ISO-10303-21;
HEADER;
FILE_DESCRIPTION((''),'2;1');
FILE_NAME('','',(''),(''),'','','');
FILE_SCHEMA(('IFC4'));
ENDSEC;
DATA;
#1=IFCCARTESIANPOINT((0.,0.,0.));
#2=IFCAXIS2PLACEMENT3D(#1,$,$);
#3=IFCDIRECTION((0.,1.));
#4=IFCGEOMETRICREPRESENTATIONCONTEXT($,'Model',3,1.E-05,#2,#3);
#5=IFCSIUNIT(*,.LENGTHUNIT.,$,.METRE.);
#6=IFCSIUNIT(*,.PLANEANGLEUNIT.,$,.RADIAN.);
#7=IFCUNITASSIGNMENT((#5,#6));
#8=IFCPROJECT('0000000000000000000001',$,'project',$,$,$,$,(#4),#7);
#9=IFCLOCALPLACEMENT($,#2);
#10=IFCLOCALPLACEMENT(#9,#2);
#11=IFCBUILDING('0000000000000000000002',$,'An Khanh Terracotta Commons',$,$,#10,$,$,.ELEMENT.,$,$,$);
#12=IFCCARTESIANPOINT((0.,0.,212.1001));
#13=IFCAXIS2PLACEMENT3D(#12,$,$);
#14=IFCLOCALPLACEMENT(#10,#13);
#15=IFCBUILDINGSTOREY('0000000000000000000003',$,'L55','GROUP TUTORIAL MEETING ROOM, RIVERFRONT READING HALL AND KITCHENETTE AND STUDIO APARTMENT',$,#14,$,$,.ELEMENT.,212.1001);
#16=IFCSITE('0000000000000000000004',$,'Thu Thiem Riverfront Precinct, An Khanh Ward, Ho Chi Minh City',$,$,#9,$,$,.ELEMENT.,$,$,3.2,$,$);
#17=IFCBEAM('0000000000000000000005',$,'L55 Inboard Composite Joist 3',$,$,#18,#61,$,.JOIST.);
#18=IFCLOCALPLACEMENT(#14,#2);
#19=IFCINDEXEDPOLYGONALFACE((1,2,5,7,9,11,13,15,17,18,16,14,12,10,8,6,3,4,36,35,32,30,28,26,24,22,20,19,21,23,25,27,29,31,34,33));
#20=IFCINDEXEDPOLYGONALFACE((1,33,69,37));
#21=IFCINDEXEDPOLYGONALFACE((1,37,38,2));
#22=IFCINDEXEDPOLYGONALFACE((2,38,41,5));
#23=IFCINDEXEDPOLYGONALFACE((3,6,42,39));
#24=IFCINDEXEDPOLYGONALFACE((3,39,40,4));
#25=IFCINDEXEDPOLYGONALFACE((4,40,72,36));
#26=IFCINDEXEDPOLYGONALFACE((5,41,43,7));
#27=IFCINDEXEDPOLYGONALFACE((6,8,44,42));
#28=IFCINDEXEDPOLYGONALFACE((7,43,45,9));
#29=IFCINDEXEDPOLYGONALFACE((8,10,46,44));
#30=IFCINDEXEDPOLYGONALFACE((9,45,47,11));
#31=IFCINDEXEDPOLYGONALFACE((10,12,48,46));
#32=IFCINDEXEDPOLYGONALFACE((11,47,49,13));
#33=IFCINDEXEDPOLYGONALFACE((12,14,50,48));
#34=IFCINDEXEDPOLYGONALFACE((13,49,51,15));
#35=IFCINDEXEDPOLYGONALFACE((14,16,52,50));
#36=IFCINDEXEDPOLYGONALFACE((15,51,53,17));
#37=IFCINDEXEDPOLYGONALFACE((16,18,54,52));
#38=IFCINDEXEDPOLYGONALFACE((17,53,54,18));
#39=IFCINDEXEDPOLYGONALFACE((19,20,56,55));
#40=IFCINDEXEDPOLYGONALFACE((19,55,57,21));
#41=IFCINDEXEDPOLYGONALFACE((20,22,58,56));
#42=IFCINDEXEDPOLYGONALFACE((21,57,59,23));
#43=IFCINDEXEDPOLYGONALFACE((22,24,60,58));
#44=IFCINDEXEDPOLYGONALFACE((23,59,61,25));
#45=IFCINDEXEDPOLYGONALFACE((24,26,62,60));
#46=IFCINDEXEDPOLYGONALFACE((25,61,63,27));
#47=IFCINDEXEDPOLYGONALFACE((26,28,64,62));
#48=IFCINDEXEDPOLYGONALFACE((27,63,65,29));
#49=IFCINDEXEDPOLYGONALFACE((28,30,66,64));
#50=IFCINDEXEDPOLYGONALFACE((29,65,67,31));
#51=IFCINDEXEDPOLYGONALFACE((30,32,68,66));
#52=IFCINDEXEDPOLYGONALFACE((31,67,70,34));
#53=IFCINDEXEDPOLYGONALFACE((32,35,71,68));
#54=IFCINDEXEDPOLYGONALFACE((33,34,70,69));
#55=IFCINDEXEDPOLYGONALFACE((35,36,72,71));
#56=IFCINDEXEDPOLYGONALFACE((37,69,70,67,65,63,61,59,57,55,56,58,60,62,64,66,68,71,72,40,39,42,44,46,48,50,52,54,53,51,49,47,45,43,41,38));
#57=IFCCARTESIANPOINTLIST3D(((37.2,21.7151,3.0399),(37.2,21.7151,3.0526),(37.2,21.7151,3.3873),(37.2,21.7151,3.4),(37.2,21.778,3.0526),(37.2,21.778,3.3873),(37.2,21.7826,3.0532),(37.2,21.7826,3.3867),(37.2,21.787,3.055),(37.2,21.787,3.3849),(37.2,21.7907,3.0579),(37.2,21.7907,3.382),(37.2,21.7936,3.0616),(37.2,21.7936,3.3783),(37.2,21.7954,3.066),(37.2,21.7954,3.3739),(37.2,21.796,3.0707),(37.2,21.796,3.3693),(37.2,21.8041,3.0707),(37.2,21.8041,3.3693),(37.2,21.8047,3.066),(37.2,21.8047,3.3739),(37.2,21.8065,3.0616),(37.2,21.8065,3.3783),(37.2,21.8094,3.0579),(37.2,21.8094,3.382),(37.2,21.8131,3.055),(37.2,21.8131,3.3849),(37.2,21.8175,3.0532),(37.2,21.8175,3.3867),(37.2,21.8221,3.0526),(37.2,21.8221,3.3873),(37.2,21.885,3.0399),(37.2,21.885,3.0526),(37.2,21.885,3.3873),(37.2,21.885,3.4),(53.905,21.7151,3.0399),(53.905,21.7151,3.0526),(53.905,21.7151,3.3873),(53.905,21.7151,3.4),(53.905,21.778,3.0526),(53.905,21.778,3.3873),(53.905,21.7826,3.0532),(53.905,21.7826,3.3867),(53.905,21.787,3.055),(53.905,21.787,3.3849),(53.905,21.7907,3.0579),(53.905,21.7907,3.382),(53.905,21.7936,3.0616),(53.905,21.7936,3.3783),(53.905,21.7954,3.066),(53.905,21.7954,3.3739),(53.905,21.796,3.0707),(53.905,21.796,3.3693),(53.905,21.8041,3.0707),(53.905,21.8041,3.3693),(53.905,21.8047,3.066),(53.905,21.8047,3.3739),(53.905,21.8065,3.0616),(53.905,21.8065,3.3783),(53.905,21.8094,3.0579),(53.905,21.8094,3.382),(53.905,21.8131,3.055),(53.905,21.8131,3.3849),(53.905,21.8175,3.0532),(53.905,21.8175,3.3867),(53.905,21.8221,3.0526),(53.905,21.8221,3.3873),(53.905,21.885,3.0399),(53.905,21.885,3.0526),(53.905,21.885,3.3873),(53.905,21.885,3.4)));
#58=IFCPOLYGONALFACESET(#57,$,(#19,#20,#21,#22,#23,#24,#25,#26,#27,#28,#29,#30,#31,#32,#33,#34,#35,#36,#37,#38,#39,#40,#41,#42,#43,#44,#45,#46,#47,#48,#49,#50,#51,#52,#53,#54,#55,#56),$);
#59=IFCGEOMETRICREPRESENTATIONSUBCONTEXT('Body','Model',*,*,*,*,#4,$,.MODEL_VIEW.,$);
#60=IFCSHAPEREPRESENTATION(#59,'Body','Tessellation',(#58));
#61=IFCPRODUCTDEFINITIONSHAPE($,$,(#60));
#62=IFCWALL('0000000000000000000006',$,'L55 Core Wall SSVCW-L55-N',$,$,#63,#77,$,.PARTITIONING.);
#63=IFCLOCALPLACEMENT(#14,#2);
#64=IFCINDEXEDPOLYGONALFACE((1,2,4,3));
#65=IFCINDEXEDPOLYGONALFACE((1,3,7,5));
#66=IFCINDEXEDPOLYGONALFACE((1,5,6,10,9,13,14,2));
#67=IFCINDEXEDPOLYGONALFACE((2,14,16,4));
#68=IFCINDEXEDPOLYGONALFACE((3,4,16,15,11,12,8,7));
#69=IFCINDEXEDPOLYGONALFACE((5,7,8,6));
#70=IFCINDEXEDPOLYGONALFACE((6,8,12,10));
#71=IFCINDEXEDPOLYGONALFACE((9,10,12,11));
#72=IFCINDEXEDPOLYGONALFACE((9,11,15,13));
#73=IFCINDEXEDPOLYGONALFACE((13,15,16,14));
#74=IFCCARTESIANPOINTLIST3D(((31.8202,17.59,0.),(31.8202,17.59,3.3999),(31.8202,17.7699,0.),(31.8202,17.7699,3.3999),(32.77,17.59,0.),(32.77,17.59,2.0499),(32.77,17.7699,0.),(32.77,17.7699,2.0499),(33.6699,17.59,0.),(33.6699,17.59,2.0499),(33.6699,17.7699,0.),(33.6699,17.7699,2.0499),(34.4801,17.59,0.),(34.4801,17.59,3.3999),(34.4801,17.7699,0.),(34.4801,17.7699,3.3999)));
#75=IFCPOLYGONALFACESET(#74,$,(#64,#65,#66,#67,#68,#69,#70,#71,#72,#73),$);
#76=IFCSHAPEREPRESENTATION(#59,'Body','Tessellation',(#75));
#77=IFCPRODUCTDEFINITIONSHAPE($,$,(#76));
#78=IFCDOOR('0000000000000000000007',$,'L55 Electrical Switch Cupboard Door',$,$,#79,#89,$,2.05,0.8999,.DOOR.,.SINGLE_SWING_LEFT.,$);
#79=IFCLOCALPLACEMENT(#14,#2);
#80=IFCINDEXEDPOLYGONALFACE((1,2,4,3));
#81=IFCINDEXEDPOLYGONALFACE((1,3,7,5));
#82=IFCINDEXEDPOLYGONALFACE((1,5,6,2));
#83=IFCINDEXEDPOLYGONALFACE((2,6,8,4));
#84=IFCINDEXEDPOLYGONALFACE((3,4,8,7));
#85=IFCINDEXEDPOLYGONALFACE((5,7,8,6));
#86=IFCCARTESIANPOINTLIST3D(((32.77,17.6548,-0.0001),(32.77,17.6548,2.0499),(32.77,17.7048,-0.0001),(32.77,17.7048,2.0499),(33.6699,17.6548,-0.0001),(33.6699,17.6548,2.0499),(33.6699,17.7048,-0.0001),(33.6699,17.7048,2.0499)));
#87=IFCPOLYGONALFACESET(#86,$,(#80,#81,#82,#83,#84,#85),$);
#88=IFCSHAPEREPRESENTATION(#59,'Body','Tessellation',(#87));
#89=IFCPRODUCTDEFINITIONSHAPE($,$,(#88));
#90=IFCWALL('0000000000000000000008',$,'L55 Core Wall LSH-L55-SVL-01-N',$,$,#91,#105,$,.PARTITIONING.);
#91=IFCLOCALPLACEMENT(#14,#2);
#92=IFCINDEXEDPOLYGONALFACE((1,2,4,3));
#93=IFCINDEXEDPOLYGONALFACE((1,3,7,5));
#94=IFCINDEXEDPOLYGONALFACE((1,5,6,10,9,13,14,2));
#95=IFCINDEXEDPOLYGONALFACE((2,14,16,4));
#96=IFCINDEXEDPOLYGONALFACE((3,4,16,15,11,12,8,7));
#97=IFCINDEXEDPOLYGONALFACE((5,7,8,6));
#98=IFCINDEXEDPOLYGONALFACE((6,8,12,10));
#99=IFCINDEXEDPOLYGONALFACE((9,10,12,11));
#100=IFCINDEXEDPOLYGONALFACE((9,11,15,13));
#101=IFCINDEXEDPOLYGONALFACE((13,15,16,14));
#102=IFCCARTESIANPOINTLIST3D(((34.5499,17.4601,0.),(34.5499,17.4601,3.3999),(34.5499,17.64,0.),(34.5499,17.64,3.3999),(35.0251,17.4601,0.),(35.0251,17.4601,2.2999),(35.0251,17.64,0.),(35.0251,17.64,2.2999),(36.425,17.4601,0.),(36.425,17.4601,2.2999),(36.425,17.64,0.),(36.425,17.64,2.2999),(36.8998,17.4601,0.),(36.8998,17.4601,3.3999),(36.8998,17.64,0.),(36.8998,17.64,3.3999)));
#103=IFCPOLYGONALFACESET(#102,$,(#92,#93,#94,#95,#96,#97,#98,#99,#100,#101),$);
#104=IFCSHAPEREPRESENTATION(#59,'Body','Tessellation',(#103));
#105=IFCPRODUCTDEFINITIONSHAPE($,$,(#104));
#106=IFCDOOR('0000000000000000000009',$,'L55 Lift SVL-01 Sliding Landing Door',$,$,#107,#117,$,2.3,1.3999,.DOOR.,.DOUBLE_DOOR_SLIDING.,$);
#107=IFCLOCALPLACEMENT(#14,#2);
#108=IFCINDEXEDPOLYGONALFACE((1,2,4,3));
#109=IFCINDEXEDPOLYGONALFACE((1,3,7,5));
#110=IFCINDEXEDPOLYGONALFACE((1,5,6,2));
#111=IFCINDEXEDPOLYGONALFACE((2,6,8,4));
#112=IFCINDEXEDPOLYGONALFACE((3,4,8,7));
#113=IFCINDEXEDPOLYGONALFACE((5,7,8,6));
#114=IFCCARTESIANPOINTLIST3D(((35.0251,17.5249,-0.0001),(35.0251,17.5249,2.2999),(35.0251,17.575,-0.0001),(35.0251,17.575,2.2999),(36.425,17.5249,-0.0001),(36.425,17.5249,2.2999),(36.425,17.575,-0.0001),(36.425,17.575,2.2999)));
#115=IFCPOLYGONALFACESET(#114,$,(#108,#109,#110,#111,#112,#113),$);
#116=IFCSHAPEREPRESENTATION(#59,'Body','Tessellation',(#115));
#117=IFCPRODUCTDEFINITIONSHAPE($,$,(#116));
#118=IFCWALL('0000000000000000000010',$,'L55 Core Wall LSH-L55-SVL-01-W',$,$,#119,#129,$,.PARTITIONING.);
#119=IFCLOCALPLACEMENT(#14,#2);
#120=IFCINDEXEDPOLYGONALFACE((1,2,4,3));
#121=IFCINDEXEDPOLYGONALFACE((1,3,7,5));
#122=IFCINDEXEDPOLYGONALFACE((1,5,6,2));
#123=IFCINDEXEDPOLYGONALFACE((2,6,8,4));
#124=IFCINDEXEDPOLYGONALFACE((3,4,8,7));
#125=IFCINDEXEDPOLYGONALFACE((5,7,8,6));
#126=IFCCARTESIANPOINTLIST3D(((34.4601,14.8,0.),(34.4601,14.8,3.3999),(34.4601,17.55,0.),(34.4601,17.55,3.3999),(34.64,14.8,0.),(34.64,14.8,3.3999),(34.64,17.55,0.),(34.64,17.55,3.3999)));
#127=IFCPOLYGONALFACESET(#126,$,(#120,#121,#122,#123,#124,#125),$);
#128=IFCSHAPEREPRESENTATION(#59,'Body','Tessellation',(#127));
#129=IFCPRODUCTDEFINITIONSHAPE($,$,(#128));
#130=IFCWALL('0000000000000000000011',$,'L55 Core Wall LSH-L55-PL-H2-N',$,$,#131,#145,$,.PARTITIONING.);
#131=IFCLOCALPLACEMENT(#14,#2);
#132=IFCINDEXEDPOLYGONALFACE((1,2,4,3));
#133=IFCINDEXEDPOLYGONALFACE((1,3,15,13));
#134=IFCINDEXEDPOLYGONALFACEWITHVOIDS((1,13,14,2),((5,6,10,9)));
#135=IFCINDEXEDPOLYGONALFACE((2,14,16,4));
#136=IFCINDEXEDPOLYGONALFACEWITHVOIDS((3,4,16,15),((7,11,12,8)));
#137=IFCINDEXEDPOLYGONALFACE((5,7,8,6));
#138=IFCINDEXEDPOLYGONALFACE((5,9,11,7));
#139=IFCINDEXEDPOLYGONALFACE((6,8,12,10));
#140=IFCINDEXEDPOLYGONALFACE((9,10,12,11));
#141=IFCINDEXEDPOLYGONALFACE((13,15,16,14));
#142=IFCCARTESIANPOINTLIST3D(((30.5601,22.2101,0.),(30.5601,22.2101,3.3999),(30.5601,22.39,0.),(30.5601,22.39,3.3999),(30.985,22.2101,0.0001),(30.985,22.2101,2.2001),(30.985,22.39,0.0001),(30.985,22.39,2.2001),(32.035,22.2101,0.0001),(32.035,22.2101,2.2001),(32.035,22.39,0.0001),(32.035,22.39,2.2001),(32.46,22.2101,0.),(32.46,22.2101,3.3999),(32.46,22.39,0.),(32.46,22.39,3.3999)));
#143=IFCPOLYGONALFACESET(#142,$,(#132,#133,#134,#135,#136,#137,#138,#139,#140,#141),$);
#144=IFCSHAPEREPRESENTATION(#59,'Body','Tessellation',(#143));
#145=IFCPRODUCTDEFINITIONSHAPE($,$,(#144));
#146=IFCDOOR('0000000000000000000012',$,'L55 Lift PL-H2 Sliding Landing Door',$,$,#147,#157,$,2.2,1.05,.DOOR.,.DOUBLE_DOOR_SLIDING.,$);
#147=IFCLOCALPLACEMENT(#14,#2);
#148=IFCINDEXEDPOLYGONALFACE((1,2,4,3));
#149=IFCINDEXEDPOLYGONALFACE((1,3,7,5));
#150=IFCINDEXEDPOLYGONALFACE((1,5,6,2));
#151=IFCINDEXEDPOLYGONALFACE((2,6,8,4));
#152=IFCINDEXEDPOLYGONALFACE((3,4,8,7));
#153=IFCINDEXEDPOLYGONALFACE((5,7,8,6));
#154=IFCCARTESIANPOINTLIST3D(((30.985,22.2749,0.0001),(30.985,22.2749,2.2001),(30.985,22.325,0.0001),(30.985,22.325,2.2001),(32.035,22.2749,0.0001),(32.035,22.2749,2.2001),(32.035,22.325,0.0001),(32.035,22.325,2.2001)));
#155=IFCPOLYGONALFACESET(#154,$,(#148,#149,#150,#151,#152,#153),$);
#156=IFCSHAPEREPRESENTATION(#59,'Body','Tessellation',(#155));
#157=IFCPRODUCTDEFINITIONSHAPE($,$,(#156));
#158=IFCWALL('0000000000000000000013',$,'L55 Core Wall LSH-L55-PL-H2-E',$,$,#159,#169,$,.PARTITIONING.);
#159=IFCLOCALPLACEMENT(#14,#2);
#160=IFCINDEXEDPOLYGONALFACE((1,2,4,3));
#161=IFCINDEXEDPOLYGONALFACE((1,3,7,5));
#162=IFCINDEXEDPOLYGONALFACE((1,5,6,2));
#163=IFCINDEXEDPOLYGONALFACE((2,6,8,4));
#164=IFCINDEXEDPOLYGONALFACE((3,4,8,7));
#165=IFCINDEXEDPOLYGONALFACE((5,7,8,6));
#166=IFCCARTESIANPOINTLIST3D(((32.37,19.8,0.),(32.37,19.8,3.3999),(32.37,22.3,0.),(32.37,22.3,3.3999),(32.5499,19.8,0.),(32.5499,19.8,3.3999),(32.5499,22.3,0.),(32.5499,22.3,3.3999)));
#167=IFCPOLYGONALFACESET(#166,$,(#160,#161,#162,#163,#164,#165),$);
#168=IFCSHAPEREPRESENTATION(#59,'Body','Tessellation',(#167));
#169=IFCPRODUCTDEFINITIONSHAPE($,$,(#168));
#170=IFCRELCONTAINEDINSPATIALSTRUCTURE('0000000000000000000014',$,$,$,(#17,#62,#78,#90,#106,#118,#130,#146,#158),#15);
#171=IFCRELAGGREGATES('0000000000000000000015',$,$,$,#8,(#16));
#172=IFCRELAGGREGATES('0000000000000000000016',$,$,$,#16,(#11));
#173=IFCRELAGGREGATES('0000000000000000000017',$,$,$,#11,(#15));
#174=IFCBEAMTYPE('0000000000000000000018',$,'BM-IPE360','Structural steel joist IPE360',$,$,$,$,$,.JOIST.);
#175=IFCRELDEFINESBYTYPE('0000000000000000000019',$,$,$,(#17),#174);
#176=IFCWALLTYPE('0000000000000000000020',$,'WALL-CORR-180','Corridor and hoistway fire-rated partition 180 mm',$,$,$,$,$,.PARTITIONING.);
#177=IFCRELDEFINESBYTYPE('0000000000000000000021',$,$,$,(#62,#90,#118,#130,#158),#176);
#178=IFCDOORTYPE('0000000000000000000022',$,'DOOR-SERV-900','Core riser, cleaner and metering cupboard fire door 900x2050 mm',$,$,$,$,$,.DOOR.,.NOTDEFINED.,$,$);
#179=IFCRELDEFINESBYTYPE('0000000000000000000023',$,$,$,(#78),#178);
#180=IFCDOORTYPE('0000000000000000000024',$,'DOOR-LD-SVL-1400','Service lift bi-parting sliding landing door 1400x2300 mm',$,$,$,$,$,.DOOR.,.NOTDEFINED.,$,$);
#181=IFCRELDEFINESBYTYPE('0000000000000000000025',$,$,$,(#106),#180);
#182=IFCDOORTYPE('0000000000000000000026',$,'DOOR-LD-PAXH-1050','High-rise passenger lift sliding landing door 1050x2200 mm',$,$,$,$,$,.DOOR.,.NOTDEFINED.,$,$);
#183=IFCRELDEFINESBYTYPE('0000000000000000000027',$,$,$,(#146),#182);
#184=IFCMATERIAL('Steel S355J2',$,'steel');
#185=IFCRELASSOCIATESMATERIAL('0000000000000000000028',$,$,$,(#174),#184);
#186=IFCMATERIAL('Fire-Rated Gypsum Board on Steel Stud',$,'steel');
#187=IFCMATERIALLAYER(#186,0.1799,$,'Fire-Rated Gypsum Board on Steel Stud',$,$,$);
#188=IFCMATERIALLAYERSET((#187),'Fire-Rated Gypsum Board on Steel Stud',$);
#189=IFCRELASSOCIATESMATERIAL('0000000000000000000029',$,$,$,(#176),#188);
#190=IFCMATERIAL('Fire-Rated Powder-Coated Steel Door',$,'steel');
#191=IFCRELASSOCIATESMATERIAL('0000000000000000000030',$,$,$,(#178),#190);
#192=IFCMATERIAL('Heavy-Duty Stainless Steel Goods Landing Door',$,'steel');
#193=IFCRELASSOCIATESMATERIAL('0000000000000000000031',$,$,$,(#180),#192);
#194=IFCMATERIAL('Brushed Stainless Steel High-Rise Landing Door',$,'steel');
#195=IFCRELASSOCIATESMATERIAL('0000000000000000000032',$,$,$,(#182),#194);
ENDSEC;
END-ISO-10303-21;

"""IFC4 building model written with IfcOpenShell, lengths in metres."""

from ifc_helpers import new_model, si_unit, direction, frame, frame_2d, origin, origin_2d, place, context, subcontext, project, spatial, rectangle, i_section, extrude, material, layer, layer_set, material_profile, profile_set, type_object, element, fill, save


model = new_model("IFC4")

# Units and contexts
model_context = context("Model", 3, precision=1e-05, world=origin(), true_north=direction((0.0, 1.0)))
body_context = subcontext(model_context, "Body", "Model", "MODEL_VIEW")
ifc_project = project(units=[si_unit("LENGTHUNIT", "METRE"), si_unit("PLANEANGLEUNIT", "RADIAN")], contexts=[model_context])

# Site, building, storey
site_placement = place(None, origin())
site = spatial("IfcSite", under=ifc_project, at=site_placement, Name="Thu Thiem Riverfront Precinct, An Khanh Ward, Ho Chi Minh City", CompositionType="ELEMENT", RefElevation=3.2)
building_placement = place(site_placement, origin())
building = spatial("IfcBuilding", under=site, at=building_placement, Name="An Khanh Terracotta Commons", CompositionType="ELEMENT")
storey_placement = place(building_placement, frame((0.0, 0.0, 212.1001)))
storey = spatial("IfcBuildingStorey", under=building, at=storey_placement, Name="L55", Description="GROUP TUTORIAL MEETING ROOM, RIVERFRONT READING HALL AND KITCHENETTE AND STUDIO APARTMENT", CompositionType="ELEMENT", Elevation=212.1001)

# Beam
ifc_material_1 = material(Name="Steel S355J2", Category="steel")
ifc_material_profile_1 = material_profile(ifc_material_1, i_section(OverallWidth=0.1699, OverallDepth=0.3601, WebThickness=0.0081, FlangeThickness=0.0127, FilletRadius=0.0181, at=origin_2d()), Name="IPE360")
ifc_profile_set_1 = profile_set([ifc_material_profile_1], Name="Steel S355J2")
beam_type_1 = type_object("IfcBeamType", Name="BM-IPE360", Description="Structural steel joist IPE360", PredefinedType="JOIST", material=ifc_profile_set_1)
for number, where, z_axis, x_axis, name in (
    (1, (37.2, 21.8, 3.22), (1.0, 0.0, 0.0), (0.0, 1.0, 0.0), "L55 Inboard Composite Joist 3"),
):
    element("IfcBeam", number, at=place(storey_placement, frame(where, z_axis=z_axis, x_axis=x_axis)), inside=storey, type_object=beam_type_1, Name=name, PredefinedType="JOIST", context=body_context, shape_type="SweptSolid", body=[
        extrude(i_section(OverallWidth=0.1699, OverallDepth=0.3601, WebThickness=0.0081, FlangeThickness=0.0127, FilletRadius=0.0181, at=origin_2d()), origin(), (0.0, 0.0, 1.0), 16.7051),
    ])

# Walls, openings, doors
ifc_material_2 = material(Name="Fire-Rated Gypsum Board on Steel Stud", Category="steel")
ifc_layer = layer(ifc_material_2, 0.1799, Name="Fire-Rated Gypsum Board on Steel Stud")
ifc_layer_set = layer_set([ifc_layer], Name="Fire-Rated Gypsum Board on Steel Stud")
wall_type = type_object("IfcWallType", Name="WALL-CORR-180", Description="Corridor and hoistway fire-rated partition 180 mm", PredefinedType="PARTITIONING", material=ifc_layer_set)
wall_1_placement = place(storey_placement, frame((31.8201, 17.6799, 0.0), z_axis=(0.0, 0.0, 1.0), x_axis=(1.0, 0.0, 0.0)))
wall_1 = element("IfcWall", 2, at=wall_1_placement, inside=storey, type_object=wall_type, Name="L55 Core Wall SSVCW-L55-N", PredefinedType="PARTITIONING", context=body_context, shape_type="SweptSolid", body=[
    extrude(rectangle(XDim=2.6599, YDim=0.1799, at=frame_2d((1.3301, 0.0))), origin(), (0.0, 0.0, 1.0), 3.3999),
])
opening_1_placement = place(wall_1_placement, frame((0.95, 0.0, 0.0)))
opening_1 = element("IfcOpeningElement", 3, at=opening_1_placement, cuts=wall_1, PredefinedType="OPENING", context=body_context, shape_type="SweptSolid", body=[
    extrude(rectangle(XDim=0.8999, YDim=2.05, at=frame_2d((0.45, 1.0249))), frame((0.0, 0.0999, 0.0), z_axis=(0.0, -1.0, 0.0), x_axis=(1.0, 0.0, 0.0)), (0.0, 0.0, 1.0), 0.2),
])
ifc_material_3 = material(Name="Fire-Rated Powder-Coated Steel Door", Category="steel")
door_type_1 = type_object("IfcDoorType", Name="DOOR-SERV-900", Description="Core riser, cleaner and metering cupboard fire door 900x2050 mm", OperationType="NOTDEFINED", PredefinedType="DOOR", material=ifc_material_3)
door_1_placement = place(opening_1_placement, origin())
door_1 = element("IfcDoor", 4, at=door_1_placement, inside=storey, type_object=door_type_1, Name="L55 Electrical Switch Cupboard Door", OperationType="SINGLE_SWING_LEFT", OverallHeight=2.05, OverallWidth=0.8999, PredefinedType="DOOR", context=body_context, shape_type="SweptSolid", body=[
    extrude(rectangle(XDim=0.8999, YDim=2.05, at=frame_2d((0.45, 1.0249))), frame((0.0, 0.0249, 0.0), z_axis=(0.0, -1.0, 0.0), x_axis=(1.0, 0.0, 0.0)), (0.0, 0.0, 1.0), 0.05),
])
fill(opening_1, door_1)
wall_2_placement = place(storey_placement, frame((34.55, 17.55, 0.0), z_axis=(0.0, 0.0, 1.0), x_axis=(1.0, 0.0, 0.0)))
wall_2 = element("IfcWall", 5, at=wall_2_placement, inside=storey, type_object=wall_type, Name="L55 Core Wall LSH-L55-SVL-01-N", PredefinedType="PARTITIONING", context=body_context, shape_type="SweptSolid", body=[
    extrude(rectangle(XDim=2.3499, YDim=0.1799, at=frame_2d((1.1748, 0.0))), origin(), (0.0, 0.0, 1.0), 3.3999),
])
opening_2_placement = place(wall_2_placement, frame((0.4751, 0.0, 0.0)))
opening_2 = element("IfcOpeningElement", 6, at=opening_2_placement, cuts=wall_2, PredefinedType="OPENING", context=body_context, shape_type="SweptSolid", body=[
    extrude(rectangle(XDim=1.3999, YDim=2.3, at=frame_2d((0.7, 1.1499))), frame((0.0, 0.0999, 0.0), z_axis=(0.0, -1.0, 0.0), x_axis=(1.0, 0.0, 0.0)), (0.0, 0.0, 1.0), 0.2),
])
ifc_material_4 = material(Name="Heavy-Duty Stainless Steel Goods Landing Door", Category="steel")
door_type_2 = type_object("IfcDoorType", Name="DOOR-LD-SVL-1400", Description="Service lift bi-parting sliding landing door 1400x2300 mm", OperationType="NOTDEFINED", PredefinedType="DOOR", material=ifc_material_4)
door_2_placement = place(opening_2_placement, origin())
door_2 = element("IfcDoor", 7, at=door_2_placement, inside=storey, type_object=door_type_2, Name="L55 Lift SVL-01 Sliding Landing Door", OperationType="DOUBLE_DOOR_SLIDING", OverallHeight=2.3, OverallWidth=1.3999, PredefinedType="DOOR", context=body_context, shape_type="SweptSolid", body=[
    extrude(rectangle(XDim=1.3999, YDim=2.3, at=frame_2d((0.7, 1.1499))), frame((0.0, 0.0249, 0.0), z_axis=(0.0, -1.0, 0.0), x_axis=(1.0, 0.0, 0.0)), (0.0, 0.0, 1.0), 0.05),
])
fill(opening_2, door_2)

# Wall
wall_3_placement = place(storey_placement, frame((34.55, 17.55, 0.0), z_axis=(0.0, 0.0, 1.0), x_axis=(0.0, -1.0, 0.0)))
element("IfcWall", 8, at=wall_3_placement, inside=storey, type_object=wall_type, Name="L55 Core Wall LSH-L55-SVL-01-W", PredefinedType="PARTITIONING", context=body_context, shape_type="SweptSolid", body=[
    extrude(rectangle(XDim=2.75, YDim=0.1799, at=frame_2d((1.375, 0.0))), origin(), (0.0, 0.0, 1.0), 3.3999),
])

# Wall, opening, door
wall_4_placement = place(storey_placement, frame((30.5601, 22.3, 0.0), z_axis=(0.0, 0.0, 1.0), x_axis=(1.0, 0.0, 0.0)))
wall_4 = element("IfcWall", 9, at=wall_4_placement, inside=storey, type_object=wall_type, Name="L55 Core Wall LSH-L55-PL-H2-N", PredefinedType="PARTITIONING", context=body_context, shape_type="SweptSolid", body=[
    extrude(rectangle(XDim=1.8999, YDim=0.1799, at=frame_2d((0.95, 0.0))), origin(), (0.0, 0.0, 1.0), 3.3999),
])
opening_3_placement = place(wall_4_placement, frame((0.425, 0.0, 0.0)))
opening_3 = element("IfcOpeningElement", 10, at=opening_3_placement, cuts=wall_4, PredefinedType="OPENING", context=body_context, shape_type="SweptSolid", body=[
    extrude(rectangle(XDim=1.05, YDim=2.2, at=frame_2d((0.5249, 1.1001))), frame((0.0, 0.0999, 0.0), z_axis=(0.0, -1.0, 0.0), x_axis=(1.0, 0.0, 0.0)), (0.0, 0.0, 1.0), 0.2),
])
ifc_material_5 = material(Name="Brushed Stainless Steel High-Rise Landing Door", Category="steel")
door_type_3 = type_object("IfcDoorType", Name="DOOR-LD-PAXH-1050", Description="High-rise passenger lift sliding landing door 1050x2200 mm", OperationType="NOTDEFINED", PredefinedType="DOOR", material=ifc_material_5)
door_3_placement = place(opening_3_placement, origin())
door_3 = element("IfcDoor", 11, at=door_3_placement, inside=storey, type_object=door_type_3, Name="L55 Lift PL-H2 Sliding Landing Door", OperationType="DOUBLE_DOOR_SLIDING", OverallHeight=2.2, OverallWidth=1.05, PredefinedType="DOOR", context=body_context, shape_type="SweptSolid", body=[
    extrude(rectangle(XDim=1.05, YDim=2.2, at=frame_2d((0.5249, 1.1001))), frame((0.0, 0.0249, 0.0), z_axis=(0.0, -1.0, 0.0), x_axis=(1.0, 0.0, 0.0)), (0.0, 0.0, 1.0), 0.05),
])
fill(opening_3, door_3)

# Wall
wall_5_placement = place(storey_placement, frame((32.46, 19.8, 0.0), z_axis=(0.0, 0.0, 1.0), x_axis=(0.0, 1.0, 0.0)))
element("IfcWall", 12, at=wall_5_placement, inside=storey, type_object=wall_type, Name="L55 Core Wall LSH-L55-PL-H2-E", PredefinedType="PARTITIONING", context=body_context, shape_type="SweptSolid", body=[
    extrude(rectangle(XDim=2.5, YDim=0.1799, at=frame_2d((1.25, 0.0))), origin(), (0.0, 0.0, 1.0), 3.3999),
])

save(model, "model.ifc")
